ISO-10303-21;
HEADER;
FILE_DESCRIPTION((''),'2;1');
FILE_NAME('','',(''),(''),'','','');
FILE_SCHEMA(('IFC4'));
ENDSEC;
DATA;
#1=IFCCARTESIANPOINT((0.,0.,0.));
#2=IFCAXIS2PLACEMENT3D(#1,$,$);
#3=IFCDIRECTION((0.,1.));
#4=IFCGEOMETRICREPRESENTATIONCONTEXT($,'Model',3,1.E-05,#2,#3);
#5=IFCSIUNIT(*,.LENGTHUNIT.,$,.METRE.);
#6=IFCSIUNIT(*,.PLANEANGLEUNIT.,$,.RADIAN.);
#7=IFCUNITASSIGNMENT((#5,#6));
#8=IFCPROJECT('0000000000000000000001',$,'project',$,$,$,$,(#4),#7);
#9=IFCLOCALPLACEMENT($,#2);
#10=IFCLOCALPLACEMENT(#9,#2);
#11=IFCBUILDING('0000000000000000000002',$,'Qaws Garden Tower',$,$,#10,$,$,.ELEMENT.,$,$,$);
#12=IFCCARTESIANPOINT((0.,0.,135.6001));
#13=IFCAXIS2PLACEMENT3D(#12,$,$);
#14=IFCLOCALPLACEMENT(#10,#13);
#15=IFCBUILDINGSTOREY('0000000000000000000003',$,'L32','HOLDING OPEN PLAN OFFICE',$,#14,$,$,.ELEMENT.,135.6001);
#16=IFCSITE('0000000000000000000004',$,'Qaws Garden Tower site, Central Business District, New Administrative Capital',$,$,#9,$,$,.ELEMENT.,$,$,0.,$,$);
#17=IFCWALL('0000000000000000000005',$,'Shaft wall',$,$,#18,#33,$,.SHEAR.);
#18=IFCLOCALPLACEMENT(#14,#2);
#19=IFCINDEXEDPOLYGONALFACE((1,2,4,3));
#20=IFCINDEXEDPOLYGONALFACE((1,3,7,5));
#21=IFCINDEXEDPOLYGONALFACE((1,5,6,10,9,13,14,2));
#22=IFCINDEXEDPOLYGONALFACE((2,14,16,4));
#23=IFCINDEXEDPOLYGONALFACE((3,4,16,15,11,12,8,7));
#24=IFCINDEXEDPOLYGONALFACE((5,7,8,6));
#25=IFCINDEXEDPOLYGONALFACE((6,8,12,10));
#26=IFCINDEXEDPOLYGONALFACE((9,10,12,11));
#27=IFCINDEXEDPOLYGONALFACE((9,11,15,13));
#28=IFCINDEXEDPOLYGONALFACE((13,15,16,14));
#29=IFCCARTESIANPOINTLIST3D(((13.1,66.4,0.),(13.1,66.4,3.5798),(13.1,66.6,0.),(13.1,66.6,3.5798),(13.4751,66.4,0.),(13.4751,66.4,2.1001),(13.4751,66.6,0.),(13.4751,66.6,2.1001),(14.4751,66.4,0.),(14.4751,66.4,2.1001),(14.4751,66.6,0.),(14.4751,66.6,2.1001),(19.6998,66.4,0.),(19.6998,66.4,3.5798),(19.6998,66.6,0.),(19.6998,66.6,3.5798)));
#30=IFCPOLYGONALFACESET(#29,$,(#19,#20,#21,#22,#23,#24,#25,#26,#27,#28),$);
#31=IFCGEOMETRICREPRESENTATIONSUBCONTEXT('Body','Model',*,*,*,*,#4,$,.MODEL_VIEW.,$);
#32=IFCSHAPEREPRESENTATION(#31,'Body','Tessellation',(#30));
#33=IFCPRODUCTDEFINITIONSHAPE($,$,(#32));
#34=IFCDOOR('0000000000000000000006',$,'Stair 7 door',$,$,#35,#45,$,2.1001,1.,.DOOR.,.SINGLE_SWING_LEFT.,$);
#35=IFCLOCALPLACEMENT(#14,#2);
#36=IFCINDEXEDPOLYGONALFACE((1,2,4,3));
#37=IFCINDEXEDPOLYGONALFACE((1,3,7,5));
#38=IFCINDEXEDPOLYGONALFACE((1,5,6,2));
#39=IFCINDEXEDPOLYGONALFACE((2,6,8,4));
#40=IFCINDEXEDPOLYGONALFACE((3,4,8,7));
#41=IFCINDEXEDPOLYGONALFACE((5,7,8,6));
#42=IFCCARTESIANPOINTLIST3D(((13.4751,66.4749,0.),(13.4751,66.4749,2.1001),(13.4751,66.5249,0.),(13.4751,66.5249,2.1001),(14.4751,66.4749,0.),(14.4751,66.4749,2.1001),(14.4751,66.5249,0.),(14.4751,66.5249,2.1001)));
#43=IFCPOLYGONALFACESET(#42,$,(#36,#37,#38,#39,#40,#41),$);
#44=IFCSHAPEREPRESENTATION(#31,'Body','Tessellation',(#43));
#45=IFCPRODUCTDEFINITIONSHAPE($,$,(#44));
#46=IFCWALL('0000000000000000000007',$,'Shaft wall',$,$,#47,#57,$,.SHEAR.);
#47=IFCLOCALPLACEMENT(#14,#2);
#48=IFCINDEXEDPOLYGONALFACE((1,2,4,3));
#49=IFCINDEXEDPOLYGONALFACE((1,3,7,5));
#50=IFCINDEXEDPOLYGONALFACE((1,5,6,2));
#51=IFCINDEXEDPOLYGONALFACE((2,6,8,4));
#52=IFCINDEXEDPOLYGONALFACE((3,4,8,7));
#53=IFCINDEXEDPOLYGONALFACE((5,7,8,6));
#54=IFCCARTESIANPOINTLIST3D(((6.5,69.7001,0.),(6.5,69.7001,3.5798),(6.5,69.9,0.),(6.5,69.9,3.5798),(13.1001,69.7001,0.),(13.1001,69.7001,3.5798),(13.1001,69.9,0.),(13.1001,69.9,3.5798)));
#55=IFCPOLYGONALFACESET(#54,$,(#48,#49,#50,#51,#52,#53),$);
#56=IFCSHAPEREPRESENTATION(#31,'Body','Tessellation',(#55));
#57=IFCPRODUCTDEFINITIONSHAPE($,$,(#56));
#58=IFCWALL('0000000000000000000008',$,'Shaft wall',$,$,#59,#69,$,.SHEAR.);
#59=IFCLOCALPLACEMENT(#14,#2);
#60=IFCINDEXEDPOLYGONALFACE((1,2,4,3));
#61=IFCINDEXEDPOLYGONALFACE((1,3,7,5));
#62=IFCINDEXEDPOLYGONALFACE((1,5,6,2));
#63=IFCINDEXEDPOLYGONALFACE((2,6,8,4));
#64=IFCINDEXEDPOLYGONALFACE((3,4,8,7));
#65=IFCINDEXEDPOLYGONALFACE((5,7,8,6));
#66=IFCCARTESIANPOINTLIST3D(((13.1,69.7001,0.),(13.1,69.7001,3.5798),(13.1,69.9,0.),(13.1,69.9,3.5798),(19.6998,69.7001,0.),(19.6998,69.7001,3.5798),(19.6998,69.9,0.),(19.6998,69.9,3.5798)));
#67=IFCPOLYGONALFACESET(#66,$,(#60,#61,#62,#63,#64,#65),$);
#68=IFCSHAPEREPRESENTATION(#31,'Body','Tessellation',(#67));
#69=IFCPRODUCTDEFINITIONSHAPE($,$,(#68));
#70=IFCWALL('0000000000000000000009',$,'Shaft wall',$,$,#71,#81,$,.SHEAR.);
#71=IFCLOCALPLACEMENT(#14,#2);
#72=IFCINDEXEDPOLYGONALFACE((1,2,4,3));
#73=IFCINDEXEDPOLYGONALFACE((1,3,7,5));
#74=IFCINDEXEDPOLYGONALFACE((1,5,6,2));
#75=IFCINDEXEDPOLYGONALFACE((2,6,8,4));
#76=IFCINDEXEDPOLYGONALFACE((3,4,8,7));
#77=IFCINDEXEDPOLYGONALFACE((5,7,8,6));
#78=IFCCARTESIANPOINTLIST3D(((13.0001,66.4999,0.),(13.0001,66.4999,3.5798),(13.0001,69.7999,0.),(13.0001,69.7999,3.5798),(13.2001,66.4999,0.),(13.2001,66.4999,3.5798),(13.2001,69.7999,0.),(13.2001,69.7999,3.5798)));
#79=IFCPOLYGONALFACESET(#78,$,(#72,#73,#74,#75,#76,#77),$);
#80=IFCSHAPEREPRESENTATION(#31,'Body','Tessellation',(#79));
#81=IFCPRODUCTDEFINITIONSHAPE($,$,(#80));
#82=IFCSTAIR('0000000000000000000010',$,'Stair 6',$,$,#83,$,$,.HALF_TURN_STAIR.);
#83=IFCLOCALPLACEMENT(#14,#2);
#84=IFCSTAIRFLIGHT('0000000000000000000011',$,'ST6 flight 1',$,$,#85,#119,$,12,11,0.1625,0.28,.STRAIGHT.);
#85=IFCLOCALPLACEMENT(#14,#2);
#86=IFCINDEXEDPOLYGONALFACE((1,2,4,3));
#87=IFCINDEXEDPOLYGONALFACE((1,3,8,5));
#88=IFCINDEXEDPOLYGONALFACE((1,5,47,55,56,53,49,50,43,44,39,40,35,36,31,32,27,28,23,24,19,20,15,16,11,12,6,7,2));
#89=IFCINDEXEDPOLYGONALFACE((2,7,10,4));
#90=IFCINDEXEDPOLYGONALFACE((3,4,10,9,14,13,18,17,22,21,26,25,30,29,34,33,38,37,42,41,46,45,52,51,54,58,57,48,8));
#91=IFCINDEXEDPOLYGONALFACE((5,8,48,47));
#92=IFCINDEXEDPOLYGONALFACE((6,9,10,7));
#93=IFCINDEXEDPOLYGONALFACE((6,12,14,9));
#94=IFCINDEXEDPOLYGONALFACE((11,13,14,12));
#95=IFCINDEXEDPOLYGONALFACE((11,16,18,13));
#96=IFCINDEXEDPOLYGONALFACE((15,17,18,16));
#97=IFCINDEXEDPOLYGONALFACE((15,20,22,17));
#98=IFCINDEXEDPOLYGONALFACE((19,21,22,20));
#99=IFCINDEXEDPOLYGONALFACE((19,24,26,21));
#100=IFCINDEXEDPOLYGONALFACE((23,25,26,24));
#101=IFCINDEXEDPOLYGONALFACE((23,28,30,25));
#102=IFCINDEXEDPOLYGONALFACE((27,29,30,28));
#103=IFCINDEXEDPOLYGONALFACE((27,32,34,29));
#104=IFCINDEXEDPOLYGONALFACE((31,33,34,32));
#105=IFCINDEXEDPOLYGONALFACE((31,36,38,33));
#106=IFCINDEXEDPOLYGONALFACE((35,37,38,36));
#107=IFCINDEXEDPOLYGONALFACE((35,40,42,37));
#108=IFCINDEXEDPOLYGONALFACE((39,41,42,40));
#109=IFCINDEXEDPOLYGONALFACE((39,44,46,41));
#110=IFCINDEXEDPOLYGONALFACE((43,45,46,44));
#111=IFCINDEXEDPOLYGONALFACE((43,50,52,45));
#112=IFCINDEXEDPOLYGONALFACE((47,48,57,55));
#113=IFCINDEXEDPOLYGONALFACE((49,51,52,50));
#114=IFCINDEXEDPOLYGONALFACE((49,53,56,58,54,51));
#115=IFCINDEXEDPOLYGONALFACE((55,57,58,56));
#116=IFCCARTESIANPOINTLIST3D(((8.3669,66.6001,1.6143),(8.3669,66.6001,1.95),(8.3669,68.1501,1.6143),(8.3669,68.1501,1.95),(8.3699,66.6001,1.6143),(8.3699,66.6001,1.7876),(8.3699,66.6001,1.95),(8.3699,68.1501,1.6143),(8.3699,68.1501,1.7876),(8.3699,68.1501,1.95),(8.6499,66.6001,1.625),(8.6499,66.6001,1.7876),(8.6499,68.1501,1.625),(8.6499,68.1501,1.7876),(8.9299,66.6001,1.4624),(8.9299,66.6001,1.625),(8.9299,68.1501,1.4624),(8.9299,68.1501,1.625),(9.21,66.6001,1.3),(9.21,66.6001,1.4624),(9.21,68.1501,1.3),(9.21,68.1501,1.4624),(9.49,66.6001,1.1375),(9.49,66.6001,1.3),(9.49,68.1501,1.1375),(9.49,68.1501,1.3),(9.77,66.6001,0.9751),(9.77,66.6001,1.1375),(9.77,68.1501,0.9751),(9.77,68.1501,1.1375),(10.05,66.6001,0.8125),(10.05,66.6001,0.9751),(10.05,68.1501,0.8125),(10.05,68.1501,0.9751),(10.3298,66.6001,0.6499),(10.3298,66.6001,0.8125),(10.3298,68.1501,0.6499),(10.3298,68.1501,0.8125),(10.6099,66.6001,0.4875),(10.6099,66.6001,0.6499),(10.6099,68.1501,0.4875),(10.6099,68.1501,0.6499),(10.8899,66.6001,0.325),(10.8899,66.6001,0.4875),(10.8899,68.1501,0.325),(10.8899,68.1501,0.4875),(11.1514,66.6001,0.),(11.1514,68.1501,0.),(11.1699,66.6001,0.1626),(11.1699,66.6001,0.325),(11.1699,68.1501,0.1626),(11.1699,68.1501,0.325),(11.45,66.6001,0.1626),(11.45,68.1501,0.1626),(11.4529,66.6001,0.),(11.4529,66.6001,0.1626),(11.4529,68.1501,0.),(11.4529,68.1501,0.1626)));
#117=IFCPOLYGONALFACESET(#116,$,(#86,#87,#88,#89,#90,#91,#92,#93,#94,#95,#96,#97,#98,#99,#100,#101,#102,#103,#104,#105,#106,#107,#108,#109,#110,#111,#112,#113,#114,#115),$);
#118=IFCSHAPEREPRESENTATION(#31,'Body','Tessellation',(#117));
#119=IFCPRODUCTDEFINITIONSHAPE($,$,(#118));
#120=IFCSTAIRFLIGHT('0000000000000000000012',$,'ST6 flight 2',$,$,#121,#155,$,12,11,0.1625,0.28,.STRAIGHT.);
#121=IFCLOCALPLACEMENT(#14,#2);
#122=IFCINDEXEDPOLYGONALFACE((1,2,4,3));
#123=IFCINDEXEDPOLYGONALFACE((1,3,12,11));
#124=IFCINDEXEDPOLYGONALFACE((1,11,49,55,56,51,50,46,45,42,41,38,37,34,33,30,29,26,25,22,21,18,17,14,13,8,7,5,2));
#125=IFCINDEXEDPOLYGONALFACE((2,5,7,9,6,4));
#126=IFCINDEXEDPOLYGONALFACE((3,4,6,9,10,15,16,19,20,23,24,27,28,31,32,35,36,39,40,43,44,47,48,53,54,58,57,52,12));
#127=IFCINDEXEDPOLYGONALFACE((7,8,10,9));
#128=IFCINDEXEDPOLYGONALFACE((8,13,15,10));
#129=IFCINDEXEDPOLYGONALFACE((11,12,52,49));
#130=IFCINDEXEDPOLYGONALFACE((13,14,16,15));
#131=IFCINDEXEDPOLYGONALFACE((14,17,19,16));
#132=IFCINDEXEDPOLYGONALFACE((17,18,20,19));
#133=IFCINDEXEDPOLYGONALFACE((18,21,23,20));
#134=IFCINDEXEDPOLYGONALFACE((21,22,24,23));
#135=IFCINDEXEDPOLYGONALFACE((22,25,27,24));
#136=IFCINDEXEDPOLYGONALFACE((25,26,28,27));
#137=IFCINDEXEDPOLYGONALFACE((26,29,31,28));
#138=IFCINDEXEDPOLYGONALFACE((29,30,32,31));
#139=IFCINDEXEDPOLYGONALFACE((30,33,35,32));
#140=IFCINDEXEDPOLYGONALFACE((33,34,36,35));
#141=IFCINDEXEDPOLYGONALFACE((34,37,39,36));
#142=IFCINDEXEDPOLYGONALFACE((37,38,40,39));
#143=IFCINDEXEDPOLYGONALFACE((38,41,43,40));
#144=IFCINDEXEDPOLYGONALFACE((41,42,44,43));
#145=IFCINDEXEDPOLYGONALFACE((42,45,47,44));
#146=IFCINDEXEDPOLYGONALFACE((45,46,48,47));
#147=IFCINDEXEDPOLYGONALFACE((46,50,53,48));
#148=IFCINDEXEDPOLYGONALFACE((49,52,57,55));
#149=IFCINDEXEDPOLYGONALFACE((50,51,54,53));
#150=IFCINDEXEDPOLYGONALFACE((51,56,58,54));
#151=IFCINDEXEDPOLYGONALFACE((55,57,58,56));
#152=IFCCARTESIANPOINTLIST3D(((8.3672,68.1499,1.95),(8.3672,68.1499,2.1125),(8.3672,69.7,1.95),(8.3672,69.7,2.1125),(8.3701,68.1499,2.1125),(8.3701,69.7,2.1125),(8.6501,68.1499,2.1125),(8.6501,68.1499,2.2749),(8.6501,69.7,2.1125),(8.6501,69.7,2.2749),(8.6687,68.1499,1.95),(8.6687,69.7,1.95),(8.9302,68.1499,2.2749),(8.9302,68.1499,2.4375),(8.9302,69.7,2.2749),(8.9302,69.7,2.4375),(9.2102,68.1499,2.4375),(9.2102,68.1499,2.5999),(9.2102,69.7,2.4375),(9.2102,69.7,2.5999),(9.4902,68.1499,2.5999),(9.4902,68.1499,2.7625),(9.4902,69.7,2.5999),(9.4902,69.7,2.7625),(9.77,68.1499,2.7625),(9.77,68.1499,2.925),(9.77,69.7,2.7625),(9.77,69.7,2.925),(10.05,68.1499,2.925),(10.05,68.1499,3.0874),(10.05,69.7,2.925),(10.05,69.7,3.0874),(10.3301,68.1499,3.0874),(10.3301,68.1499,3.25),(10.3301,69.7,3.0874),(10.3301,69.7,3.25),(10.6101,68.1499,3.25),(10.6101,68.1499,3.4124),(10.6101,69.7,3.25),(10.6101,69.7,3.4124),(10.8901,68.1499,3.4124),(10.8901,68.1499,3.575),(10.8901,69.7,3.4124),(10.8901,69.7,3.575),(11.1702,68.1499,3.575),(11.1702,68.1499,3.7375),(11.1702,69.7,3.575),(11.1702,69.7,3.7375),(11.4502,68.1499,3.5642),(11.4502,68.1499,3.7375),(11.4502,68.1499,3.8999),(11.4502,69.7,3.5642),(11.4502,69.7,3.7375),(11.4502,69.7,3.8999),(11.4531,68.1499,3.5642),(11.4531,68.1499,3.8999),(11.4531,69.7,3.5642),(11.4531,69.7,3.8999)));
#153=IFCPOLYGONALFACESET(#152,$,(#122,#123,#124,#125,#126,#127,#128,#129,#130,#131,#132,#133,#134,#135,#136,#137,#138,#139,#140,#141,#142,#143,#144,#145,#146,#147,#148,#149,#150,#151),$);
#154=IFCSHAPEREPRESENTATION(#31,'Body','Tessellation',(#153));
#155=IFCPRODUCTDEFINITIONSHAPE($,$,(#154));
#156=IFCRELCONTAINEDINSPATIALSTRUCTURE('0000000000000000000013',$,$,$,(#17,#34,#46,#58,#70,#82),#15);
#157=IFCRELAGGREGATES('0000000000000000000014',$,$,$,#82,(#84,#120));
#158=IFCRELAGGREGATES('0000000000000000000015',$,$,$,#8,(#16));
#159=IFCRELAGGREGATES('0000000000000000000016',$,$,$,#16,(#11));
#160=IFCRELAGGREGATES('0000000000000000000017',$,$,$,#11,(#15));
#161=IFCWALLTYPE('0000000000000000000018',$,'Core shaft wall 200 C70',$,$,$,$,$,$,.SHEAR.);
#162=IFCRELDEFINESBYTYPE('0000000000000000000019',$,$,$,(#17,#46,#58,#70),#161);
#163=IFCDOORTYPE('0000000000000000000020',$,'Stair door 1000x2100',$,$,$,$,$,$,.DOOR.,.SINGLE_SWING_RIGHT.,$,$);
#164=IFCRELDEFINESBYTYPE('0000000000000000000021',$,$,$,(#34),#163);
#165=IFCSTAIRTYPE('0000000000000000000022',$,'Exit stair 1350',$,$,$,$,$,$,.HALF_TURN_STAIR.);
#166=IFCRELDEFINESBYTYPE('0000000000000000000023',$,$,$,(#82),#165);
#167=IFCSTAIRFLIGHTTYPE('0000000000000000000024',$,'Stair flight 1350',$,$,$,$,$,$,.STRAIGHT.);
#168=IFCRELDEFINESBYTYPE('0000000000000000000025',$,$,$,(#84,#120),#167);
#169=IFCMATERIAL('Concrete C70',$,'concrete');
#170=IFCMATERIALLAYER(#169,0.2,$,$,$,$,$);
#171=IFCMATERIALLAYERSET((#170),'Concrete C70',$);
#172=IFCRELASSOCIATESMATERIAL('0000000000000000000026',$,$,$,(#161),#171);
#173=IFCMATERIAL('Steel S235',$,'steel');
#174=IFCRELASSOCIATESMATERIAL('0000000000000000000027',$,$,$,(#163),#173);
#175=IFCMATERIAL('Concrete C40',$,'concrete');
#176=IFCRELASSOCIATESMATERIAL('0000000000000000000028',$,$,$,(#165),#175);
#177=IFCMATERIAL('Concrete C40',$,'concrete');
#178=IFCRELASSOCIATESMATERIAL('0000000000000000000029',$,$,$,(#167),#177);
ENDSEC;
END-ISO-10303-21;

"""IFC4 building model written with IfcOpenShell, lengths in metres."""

from ifc_helpers import new_model, si_unit, direction, frame, frame_2d, origin, place, context, subcontext, project, spatial, polyline, rectangle, outline, extrude, material, layer, layer_set, type_object, element, fill, aggregate, save


model = new_model("IFC4")

# Units and contexts
model_context = context("Model", 3, precision=1e-05, world=origin(), true_north=direction((0.0, 1.0)))
body_context = subcontext(model_context, "Body", "Model", "MODEL_VIEW")
ifc_project = project(units=[si_unit("LENGTHUNIT", "METRE"), si_unit("PLANEANGLEUNIT", "RADIAN")], contexts=[model_context])

# Site, building, storey
site_placement = place(None, origin())
site = spatial("IfcSite", under=ifc_project, at=site_placement, Name="Qaws Garden Tower site, Central Business District, New Administrative Capital", CompositionType="ELEMENT", RefElevation=0.0)
building_placement = place(site_placement, origin())
building = spatial("IfcBuilding", under=site, at=building_placement, Name="Qaws Garden Tower", CompositionType="ELEMENT")
storey_placement = place(building_placement, frame((0.0, 0.0, 135.6001)))
storey = spatial("IfcBuildingStorey", under=building, at=storey_placement, Name="L32", Description="HOLDING OPEN PLAN OFFICE", CompositionType="ELEMENT", Elevation=135.6001)

# Wall, opening, door
ifc_material_1 = material(Name="Concrete C70", Category="concrete")
ifc_layer_1 = layer(ifc_material_1, 0.2)
ifc_layer_set_1 = layer_set([ifc_layer_1], Name="Concrete C70")
wall_type_1 = type_object("IfcWallType", Name="Core shaft wall 200 C70", PredefinedType="SHEAR", material=ifc_layer_set_1)
wall_1_placement = place(storey_placement, frame((13.1001, 66.5, 0.0), z_axis=(0.0, 0.0, 1.0), x_axis=(1.0, 0.0, 0.0)))
wall_1 = element("IfcWall", 1, at=wall_1_placement, inside=storey, type_object=wall_type_1, Name="Shaft wall", PredefinedType="SHEAR", context=body_context, shape_type="SweptSolid", body=[
    extrude(rectangle(XDim=6.5999, YDim=0.2, at=frame_2d((3.2998, 0.0))), origin(), (0.0, 0.0, 1.0), 3.5798),
])
opening_1_placement = place(wall_1_placement, frame((0.375, 0.0, 0.0)))
opening_1 = element("IfcOpeningElement", 2, at=opening_1_placement, cuts=wall_1, PredefinedType="OPENING", context=body_context, shape_type="SweptSolid", body=[
    extrude(rectangle(XDim=1.0, YDim=2.1001, at=frame_2d((0.5, 1.05))), frame((0.0, 0.1099, 0.0), z_axis=(0.0, -1.0, 0.0), x_axis=(1.0, 0.0, 0.0)), (0.0, 0.0, 1.0), 0.22),
])
ifc_material_2 = material(Name="Steel S235", Category="steel")
door_type = type_object("IfcDoorType", Name="Stair door 1000x2100", OperationType="SINGLE_SWING_RIGHT", PredefinedType="DOOR", material=ifc_material_2)
door_placement = place(opening_1_placement, origin())
door = element("IfcDoor", 3, at=door_placement, inside=storey, type_object=door_type, Name="Stair 7 door", OperationType="SINGLE_SWING_LEFT", OverallHeight=2.1001, OverallWidth=1.0, PredefinedType="DOOR", context=body_context, shape_type="SweptSolid", body=[
    extrude(rectangle(XDim=1.0, YDim=2.1001, at=frame_2d((0.5, 1.05))), frame((0.0, 0.0249, 0.0), z_axis=(0.0, -1.0, 0.0), x_axis=(1.0, 0.0, 0.0)), (0.0, 0.0, 1.0), 0.05),
])
fill(opening_1, door)

# Walls
wall_2_placement = place(storey_placement, frame((6.5, 69.8, 0.0), z_axis=(0.0, 0.0, 1.0), x_axis=(1.0, 0.0, 0.0)))
element("IfcWall", 4, at=wall_2_placement, inside=storey, type_object=wall_type_1, Name="Shaft wall", PredefinedType="SHEAR", context=body_context, shape_type="SweptSolid", body=[
    extrude(rectangle(XDim=6.6001, YDim=0.2, at=frame_2d((3.3, 0.0))), origin(), (0.0, 0.0, 1.0), 3.5798),
])
wall_3_placement = place(storey_placement, frame((13.1001, 69.8, 0.0), z_axis=(0.0, 0.0, 1.0), x_axis=(1.0, 0.0, 0.0)))
element("IfcWall", 5, at=wall_3_placement, inside=storey, type_object=wall_type_1, Name="Shaft wall", PredefinedType="SHEAR", context=body_context, shape_type="SweptSolid", body=[
    extrude(rectangle(XDim=6.5999, YDim=0.2, at=frame_2d((3.2998, 0.0))), origin(), (0.0, 0.0, 1.0), 3.5798),
])
wall_4_placement = place(storey_placement, frame((13.1001, 66.5, 0.0), z_axis=(0.0, 0.0, 1.0), x_axis=(0.0, 1.0, 0.0)))
element("IfcWall", 6, at=wall_4_placement, inside=storey, type_object=wall_type_1, Name="Shaft wall", PredefinedType="SHEAR", context=body_context, shape_type="SweptSolid", body=[
    extrude(rectangle(XDim=3.3, YDim=0.2, at=frame_2d((1.6499, 0.0))), origin(), (0.0, 0.0, 1.0), 3.5798),
])

# Stair, stair flights
ifc_material_3 = material(Name="Concrete C40", Category="concrete")
stair_type = type_object("IfcStairType", Name="Exit stair 1350", PredefinedType="HALF_TURN_STAIR", material=ifc_material_3)
placement = place(storey_placement, origin())
stair_1 = element("IfcStair", 7, at=placement, inside=storey, type_object=stair_type, Name="Stair 6", PredefinedType="HALF_TURN_STAIR")
ifc_material_4 = material(Name="Concrete C40", Category="concrete")
stair_flight_type = type_object("IfcStairFlightType", Name="Stair flight 1350", PredefinedType="STRAIGHT", material=ifc_material_4)
stair_flight_1_placement = place(storey_placement, frame((11.45, 67.375, 0.0), z_axis=(0.0, 0.0, 1.0), x_axis=(-1.0, 0.0, 0.0)))
stair_flight_1 = element("IfcStairFlight", 8, at=stair_flight_1_placement, type_object=stair_flight_type, Name="ST6 flight 1", NumberOfRisers=12, NumberOfTreads=11, PredefinedType="STRAIGHT", RiserHeight=0.1625, TreadLength=0.28, context=body_context, shape_type="SweptSolid", body=[
    extrude(outline(polyline([(-0.0029, 0.0), (-0.0029, 0.1626), (0.0, 0.1626), (0.28, 0.1626), (0.28, 0.325), (0.5601, 0.325), (0.5601, 0.4875), (0.8401, 0.4875), (0.8401, 0.6499), (1.1201, 0.6499), (1.1201, 0.8125), (1.3999, 0.8125), (1.3999, 0.9751), (1.6799, 0.9751), (1.6799, 1.1375), (1.96, 1.1375), (1.96, 1.3), (2.24, 1.3), (2.24, 1.4624), (2.52, 1.4624), (2.52, 1.625), (2.8, 1.625), (2.8, 1.7876), (3.0801, 1.7876), (3.0801, 1.95), (3.083, 1.95), (3.083, 1.6143), (3.0801, 1.6143), (0.2986, 0.0), (-0.0029, 0.0)])), frame((0.0, 0.7749, 0.0), z_axis=(0.0, -1.0, 0.0), x_axis=(1.0, 0.0, 0.0)), (0.0, 0.0, 1.0), 1.55),
])
stair_flight_2_placement = place(storey_placement, frame((8.3701, 68.925, 1.95), z_axis=(0.0, 0.0, 1.0), x_axis=(1.0, 0.0, 0.0)))
stair_flight_2 = element("IfcStairFlight", 9, at=stair_flight_2_placement, type_object=stair_flight_type, Name="ST6 flight 2", NumberOfRisers=12, NumberOfTreads=11, PredefinedType="STRAIGHT", RiserHeight=0.1625, TreadLength=0.28, context=body_context, shape_type="SweptSolid", body=[
    extrude(outline(polyline([(-0.0029, 0.0), (-0.0029, 0.1626), (0.0, 0.1626), (0.28, 0.1626), (0.28, 0.325), (0.5601, 0.325), (0.5601, 0.4875), (0.8401, 0.4875), (0.8401, 0.6499), (1.1201, 0.6499), (1.1201, 0.8125), (1.3999, 0.8125), (1.3999, 0.9751), (1.6799, 0.9751), (1.6799, 1.1375), (1.96, 1.1375), (1.96, 1.3), (2.24, 1.3), (2.24, 1.4624), (2.52, 1.4624), (2.52, 1.625), (2.8, 1.625), (2.8, 1.7876), (3.0801, 1.7876), (3.0801, 1.95), (3.083, 1.95), (3.083, 1.6143), (3.0801, 1.6143), (0.2986, 0.0), (-0.0029, 0.0)])), frame((0.0, 0.7749, 0.0), z_axis=(0.0, -1.0, 0.0), x_axis=(1.0, 0.0, 0.0)), (0.0, 0.0, 1.0), 1.55),
])
aggregate(stair_1, [stair_flight_1, stair_flight_2])

save(model, "model.ifc")
